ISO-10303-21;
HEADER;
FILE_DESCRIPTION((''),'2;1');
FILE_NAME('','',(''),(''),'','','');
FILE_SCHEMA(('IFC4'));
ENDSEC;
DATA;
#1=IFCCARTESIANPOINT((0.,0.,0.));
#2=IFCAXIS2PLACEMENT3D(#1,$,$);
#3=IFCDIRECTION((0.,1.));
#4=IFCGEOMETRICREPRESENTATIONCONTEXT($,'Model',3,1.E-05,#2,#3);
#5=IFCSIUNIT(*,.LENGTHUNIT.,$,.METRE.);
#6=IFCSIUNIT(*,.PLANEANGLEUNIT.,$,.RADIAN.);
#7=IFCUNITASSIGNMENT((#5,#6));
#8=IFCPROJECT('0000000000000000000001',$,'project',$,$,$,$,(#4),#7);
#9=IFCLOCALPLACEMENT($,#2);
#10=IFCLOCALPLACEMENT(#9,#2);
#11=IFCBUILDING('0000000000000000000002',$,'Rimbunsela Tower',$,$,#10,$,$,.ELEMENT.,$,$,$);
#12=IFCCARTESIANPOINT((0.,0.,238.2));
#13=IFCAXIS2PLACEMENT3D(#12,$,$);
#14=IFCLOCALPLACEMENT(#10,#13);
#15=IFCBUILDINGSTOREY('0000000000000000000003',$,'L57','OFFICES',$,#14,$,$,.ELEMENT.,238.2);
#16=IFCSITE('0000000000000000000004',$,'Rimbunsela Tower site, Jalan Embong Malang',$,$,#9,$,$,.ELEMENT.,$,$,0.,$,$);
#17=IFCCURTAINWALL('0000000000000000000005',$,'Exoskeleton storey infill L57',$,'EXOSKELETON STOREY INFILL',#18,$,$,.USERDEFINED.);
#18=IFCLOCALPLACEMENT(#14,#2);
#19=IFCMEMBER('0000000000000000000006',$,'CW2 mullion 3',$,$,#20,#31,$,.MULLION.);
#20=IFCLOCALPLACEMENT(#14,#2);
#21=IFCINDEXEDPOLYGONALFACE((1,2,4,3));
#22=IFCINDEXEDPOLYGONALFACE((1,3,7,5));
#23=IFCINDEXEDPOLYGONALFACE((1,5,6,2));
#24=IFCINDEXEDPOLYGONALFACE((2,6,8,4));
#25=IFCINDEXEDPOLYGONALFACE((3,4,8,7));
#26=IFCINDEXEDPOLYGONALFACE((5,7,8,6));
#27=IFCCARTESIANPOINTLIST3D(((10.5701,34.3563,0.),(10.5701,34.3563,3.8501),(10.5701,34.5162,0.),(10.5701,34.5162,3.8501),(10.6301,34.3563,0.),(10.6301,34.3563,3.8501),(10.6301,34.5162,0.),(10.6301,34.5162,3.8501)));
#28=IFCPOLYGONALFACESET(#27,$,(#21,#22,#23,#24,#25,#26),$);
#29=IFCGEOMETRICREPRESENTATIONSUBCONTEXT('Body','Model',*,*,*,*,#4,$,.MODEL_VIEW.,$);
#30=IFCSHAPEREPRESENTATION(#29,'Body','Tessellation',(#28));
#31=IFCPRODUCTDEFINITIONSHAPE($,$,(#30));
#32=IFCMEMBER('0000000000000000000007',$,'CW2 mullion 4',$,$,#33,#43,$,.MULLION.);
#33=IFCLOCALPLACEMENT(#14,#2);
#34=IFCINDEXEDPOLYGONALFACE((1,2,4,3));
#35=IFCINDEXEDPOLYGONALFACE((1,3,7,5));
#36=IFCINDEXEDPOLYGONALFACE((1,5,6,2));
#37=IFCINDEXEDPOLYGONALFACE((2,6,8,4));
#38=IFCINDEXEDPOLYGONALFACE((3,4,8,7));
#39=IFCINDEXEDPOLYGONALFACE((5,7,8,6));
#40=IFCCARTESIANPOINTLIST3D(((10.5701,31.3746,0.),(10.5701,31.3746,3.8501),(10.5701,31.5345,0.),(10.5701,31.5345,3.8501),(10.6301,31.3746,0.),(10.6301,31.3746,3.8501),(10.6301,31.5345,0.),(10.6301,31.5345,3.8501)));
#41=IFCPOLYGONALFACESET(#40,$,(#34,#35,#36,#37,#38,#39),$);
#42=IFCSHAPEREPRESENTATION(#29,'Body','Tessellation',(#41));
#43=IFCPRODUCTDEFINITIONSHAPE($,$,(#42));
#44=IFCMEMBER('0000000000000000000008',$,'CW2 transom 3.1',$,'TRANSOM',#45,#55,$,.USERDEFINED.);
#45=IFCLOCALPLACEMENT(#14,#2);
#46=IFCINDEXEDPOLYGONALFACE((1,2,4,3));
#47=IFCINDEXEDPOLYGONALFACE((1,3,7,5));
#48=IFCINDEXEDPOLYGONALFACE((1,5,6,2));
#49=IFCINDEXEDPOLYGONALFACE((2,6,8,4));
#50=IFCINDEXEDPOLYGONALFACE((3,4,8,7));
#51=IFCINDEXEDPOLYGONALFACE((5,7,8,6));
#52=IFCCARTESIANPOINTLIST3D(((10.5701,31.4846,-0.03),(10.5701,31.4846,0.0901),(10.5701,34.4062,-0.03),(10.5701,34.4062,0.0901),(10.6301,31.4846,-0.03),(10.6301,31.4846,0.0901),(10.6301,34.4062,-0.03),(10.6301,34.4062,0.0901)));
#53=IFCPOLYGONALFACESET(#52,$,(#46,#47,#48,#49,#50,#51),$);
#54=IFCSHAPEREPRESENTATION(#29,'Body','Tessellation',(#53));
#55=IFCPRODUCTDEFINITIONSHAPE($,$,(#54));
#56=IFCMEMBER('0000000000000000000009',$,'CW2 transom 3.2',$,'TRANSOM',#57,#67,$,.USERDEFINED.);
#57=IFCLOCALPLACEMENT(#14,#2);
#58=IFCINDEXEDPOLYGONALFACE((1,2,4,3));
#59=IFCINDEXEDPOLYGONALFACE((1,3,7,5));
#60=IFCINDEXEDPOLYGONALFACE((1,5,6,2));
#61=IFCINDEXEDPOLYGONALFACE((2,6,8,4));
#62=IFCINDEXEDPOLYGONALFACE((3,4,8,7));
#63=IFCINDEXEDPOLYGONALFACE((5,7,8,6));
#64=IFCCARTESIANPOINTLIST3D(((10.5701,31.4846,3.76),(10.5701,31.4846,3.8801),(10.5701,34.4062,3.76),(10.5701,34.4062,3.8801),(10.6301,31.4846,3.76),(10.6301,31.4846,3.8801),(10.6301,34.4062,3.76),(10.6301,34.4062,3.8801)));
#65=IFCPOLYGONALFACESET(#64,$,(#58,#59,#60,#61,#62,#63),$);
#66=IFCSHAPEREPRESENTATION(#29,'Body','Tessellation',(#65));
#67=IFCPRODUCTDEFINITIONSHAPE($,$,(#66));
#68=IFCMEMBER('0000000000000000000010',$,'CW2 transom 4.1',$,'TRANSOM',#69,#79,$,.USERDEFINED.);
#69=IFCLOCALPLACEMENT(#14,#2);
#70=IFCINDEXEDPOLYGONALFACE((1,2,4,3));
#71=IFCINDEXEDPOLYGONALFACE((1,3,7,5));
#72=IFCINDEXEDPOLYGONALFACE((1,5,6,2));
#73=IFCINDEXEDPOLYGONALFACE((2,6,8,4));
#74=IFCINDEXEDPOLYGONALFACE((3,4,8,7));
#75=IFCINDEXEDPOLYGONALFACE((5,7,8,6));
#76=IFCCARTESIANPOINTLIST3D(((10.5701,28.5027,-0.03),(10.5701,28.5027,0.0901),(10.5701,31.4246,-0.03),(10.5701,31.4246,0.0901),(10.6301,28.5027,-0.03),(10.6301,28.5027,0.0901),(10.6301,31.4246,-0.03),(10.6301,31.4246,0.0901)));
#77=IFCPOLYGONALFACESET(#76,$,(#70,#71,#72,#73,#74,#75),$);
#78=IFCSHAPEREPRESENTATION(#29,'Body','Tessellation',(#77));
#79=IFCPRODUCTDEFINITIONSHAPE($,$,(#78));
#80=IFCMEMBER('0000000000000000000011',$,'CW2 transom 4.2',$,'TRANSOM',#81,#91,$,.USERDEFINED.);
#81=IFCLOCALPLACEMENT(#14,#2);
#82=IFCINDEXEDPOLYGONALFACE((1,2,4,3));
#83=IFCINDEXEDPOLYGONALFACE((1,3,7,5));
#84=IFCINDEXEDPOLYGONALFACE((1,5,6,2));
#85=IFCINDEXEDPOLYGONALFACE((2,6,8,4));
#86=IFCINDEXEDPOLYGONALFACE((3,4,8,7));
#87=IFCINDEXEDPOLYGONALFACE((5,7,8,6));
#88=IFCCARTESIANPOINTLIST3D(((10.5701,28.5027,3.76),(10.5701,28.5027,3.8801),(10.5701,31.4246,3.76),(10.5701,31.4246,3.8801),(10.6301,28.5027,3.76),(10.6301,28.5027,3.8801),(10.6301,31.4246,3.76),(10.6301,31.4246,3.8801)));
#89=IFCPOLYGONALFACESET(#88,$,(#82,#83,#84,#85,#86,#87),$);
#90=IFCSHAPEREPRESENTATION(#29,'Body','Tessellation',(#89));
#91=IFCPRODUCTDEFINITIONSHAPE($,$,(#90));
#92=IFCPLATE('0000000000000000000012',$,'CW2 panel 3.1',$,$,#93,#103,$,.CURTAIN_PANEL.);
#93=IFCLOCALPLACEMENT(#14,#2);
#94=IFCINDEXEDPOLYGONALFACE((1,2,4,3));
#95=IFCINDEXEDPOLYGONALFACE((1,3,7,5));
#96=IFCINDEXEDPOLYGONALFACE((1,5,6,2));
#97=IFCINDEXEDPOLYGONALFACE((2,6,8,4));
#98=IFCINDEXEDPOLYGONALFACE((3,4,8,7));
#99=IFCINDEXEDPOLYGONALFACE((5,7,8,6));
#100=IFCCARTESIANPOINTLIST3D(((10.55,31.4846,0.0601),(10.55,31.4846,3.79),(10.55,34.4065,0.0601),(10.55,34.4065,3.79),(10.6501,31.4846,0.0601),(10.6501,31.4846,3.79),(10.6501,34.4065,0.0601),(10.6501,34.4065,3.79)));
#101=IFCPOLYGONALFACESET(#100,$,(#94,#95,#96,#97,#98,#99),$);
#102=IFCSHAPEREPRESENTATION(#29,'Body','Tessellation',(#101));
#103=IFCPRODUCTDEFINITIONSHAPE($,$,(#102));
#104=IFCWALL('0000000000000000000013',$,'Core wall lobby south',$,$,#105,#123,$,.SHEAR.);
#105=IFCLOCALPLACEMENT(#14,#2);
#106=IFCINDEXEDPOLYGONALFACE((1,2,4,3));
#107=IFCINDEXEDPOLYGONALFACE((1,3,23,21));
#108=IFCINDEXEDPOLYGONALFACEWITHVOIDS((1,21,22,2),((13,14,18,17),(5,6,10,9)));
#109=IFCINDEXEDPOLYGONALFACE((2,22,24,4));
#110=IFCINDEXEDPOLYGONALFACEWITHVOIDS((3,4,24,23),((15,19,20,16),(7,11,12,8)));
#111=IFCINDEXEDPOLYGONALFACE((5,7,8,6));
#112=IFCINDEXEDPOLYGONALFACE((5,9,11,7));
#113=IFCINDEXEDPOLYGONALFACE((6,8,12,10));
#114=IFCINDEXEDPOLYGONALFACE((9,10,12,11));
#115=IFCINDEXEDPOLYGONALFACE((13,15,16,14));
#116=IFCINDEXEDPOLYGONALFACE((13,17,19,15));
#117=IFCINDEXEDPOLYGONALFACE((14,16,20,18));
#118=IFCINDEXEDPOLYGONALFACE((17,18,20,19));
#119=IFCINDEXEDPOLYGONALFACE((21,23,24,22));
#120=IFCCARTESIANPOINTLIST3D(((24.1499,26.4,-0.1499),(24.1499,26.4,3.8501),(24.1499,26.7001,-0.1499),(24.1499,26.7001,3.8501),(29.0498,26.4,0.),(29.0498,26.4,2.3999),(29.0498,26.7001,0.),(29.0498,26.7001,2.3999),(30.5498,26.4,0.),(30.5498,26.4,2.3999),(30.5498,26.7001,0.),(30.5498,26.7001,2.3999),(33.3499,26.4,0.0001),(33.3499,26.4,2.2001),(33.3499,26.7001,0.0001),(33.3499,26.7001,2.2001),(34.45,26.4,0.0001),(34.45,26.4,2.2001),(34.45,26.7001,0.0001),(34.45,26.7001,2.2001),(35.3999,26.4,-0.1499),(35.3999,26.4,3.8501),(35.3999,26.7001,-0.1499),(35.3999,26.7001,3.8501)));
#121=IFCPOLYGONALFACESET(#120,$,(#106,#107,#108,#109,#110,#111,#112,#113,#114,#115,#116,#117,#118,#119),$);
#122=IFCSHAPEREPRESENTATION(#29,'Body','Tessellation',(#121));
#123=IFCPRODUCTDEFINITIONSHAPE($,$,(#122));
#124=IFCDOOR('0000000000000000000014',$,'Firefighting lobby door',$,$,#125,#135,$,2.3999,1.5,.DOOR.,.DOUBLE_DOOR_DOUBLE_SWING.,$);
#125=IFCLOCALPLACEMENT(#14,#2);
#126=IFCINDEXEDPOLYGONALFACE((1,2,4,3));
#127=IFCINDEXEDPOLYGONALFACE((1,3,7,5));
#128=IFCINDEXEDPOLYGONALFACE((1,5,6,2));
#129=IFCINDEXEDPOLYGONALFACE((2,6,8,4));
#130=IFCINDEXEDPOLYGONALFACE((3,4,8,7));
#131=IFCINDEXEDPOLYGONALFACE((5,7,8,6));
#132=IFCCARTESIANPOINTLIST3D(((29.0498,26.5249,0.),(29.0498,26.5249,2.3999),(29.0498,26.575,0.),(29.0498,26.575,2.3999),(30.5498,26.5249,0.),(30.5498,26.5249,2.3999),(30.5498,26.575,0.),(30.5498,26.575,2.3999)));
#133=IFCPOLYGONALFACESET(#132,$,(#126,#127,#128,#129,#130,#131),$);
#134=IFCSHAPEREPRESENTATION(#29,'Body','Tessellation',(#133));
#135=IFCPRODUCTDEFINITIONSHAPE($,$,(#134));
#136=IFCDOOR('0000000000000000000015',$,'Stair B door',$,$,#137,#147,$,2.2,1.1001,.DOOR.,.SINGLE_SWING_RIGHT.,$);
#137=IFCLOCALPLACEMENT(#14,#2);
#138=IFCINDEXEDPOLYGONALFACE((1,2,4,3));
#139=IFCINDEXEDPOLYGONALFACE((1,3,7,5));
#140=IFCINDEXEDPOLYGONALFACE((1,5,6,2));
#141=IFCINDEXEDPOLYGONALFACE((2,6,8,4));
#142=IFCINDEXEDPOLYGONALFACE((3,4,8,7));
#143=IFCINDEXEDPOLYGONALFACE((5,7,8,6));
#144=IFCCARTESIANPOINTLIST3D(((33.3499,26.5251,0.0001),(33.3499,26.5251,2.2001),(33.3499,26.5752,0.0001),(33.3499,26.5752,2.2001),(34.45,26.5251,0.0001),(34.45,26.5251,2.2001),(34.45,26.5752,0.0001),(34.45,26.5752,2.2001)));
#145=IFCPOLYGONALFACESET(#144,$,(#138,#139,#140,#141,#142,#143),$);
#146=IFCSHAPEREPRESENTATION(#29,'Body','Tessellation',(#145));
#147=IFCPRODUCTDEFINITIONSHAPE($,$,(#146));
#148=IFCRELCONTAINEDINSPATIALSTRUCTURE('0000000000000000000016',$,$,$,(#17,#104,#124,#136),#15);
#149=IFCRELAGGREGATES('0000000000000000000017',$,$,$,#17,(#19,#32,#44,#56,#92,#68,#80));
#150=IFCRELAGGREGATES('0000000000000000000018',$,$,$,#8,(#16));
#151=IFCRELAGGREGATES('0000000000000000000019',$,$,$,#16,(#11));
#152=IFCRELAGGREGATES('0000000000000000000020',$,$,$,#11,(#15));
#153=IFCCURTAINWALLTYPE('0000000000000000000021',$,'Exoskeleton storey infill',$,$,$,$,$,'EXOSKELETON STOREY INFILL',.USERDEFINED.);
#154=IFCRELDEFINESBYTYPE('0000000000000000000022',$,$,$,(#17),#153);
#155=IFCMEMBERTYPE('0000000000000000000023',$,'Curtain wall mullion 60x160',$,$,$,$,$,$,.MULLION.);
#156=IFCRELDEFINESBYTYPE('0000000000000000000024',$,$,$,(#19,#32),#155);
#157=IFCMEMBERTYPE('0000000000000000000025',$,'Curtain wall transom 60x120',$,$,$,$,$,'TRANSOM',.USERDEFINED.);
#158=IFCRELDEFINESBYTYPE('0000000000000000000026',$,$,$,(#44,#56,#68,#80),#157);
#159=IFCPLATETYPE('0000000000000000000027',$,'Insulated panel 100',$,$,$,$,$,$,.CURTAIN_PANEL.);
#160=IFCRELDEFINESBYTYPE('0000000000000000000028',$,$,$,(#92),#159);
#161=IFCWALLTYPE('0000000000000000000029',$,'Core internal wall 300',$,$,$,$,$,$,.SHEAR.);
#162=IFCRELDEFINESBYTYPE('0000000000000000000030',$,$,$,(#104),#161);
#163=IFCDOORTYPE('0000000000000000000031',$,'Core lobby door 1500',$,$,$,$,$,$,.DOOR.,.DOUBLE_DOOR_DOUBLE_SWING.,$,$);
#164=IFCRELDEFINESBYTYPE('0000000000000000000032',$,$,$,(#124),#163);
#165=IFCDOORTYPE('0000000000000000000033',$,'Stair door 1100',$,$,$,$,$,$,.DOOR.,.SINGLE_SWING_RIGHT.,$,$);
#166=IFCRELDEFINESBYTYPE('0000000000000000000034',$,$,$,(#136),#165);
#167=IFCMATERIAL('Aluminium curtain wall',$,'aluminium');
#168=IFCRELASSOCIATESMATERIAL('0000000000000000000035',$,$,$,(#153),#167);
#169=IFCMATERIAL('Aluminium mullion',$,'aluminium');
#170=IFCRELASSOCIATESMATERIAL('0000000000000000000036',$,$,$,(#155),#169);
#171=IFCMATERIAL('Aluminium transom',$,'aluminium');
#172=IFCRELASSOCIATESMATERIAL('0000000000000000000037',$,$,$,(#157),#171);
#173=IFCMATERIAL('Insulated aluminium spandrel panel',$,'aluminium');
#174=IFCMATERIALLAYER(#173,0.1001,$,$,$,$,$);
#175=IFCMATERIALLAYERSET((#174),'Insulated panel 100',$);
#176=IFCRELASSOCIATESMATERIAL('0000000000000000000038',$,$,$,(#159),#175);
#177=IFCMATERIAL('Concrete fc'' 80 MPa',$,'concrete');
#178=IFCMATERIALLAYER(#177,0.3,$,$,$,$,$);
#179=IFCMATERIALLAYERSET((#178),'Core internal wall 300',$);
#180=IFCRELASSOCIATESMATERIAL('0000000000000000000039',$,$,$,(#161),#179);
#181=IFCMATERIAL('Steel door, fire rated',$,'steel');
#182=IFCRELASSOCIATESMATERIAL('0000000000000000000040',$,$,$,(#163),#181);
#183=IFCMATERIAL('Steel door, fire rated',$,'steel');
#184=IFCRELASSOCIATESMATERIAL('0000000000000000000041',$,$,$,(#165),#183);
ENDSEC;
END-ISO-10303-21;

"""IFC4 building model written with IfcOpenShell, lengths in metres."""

from ifc_helpers import new_model, si_unit, direction, frame, frame_2d, origin, origin_2d, place, context, subcontext, project, spatial, rectangle, extrude, material, layer, layer_set, material_profile, profile_set, type_object, element, fill, aggregate, save


model = new_model("IFC4")

# Units and contexts
model_context = context("Model", 3, precision=1e-05, world=origin(), true_north=direction((0.0, 1.0)))
body_context = subcontext(model_context, "Body", "Model", "MODEL_VIEW")
ifc_project = project(units=[si_unit("LENGTHUNIT", "METRE"), si_unit("PLANEANGLEUNIT", "RADIAN")], contexts=[model_context])

# Site, building, storey
site_placement = place(None, origin())
site = spatial("IfcSite", under=ifc_project, at=site_placement, Name="Rimbunsela Tower site, Jalan Embong Malang", CompositionType="ELEMENT", RefElevation=0.0)
building_placement = place(site_placement, origin())
building = spatial("IfcBuilding", under=site, at=building_placement, Name="Rimbunsela Tower", CompositionType="ELEMENT")
storey_placement = place(building_placement, frame((0.0, 0.0, 238.2)))
storey = spatial("IfcBuildingStorey", under=building, at=storey_placement, Name="L57", Description="OFFICES", CompositionType="ELEMENT", Elevation=238.2)

# Curtain wall, members, plate
ifc_material_1 = material(Name="Aluminium curtain wall", Category="aluminium")
curtain_wall_type = type_object("IfcCurtainWallType", Name="Exoskeleton storey infill", ElementType="EXOSKELETON STOREY INFILL", PredefinedType="USERDEFINED", material=ifc_material_1)
curtain_wall_placement = place(storey_placement, origin())
curtain_wall = element("IfcCurtainWall", 1, at=curtain_wall_placement, inside=storey, type_object=curtain_wall_type, Name="Exoskeleton storey infill L57", ObjectType="EXOSKELETON STOREY INFILL", PredefinedType="USERDEFINED")
ifc_material_2 = material(Name="Aluminium mullion", Category="aluminium")
ifc_material_profile_1 = material_profile(ifc_material_2, rectangle(XDim=0.0601, YDim=0.1599, at=origin_2d()), Name="Mullion 60x160")
ifc_profile_set_1 = profile_set([ifc_material_profile_1], Name="Aluminium mullion")
member_type_1 = type_object("IfcMemberType", Name="Curtain wall mullion 60x160", PredefinedType="MULLION", material=ifc_profile_set_1)
member_1_placement = place(storey_placement, frame((10.6001, 34.4363, 0.0), z_axis=(0.0, 0.0, 1.0), x_axis=(1.0, 0.0, 0.0)))
member_1 = element("IfcMember", 2, at=member_1_placement, type_object=member_type_1, Name="CW2 mullion 3", PredefinedType="MULLION", context=body_context, shape_type="SweptSolid", body=[
    extrude(rectangle(XDim=0.0601, YDim=0.1599, at=origin_2d()), origin(), (0.0, 0.0, 1.0), 3.8501),
])
member_2_placement = place(storey_placement, frame((10.6001, 31.4546, 0.0), z_axis=(0.0, 0.0, 1.0), x_axis=(1.0, 0.0, 0.0)))
member_2 = element("IfcMember", 3, at=member_2_placement, type_object=member_type_1, Name="CW2 mullion 4", PredefinedType="MULLION", context=body_context, shape_type="SweptSolid", body=[
    extrude(rectangle(XDim=0.0601, YDim=0.1599, at=origin_2d()), origin(), (0.0, 0.0, 1.0), 3.8501),
])
ifc_material_3 = material(Name="Aluminium transom", Category="aluminium")
ifc_material_profile_2 = material_profile(ifc_material_3, rectangle(XDim=0.0601, YDim=0.1201, at=origin_2d()), Name="Transom 60x120")
ifc_profile_set_2 = profile_set([ifc_material_profile_2], Name="Aluminium transom")
member_type_2 = type_object("IfcMemberType", Name="Curtain wall transom 60x120", ElementType="TRANSOM", PredefinedType="USERDEFINED", material=ifc_profile_set_2)
member_3_placement = place(storey_placement, frame((10.6001, 34.4062, 0.03), z_axis=(0.0, -1.0, 0.0), x_axis=(1.0, 0.0, 0.0)))
member_3 = element("IfcMember", 4, at=member_3_placement, type_object=member_type_2, Name="CW2 transom 3.1", ObjectType="TRANSOM", PredefinedType="USERDEFINED", context=body_context, shape_type="SweptSolid", body=[
    extrude(rectangle(XDim=0.0601, YDim=0.1201, at=origin_2d()), origin(), (0.0, 0.0, 1.0), 2.9216),
])
member_4_placement = place(storey_placement, frame((10.6001, 34.4062, 3.8201), z_axis=(0.0, -1.0, 0.0), x_axis=(1.0, 0.0, 0.0)))
member_4 = element("IfcMember", 5, at=member_4_placement, type_object=member_type_2, Name="CW2 transom 3.2", ObjectType="TRANSOM", PredefinedType="USERDEFINED", context=body_context, shape_type="SweptSolid", body=[
    extrude(rectangle(XDim=0.0601, YDim=0.1201, at=origin_2d()), origin(), (0.0, 0.0, 1.0), 2.9216),
])
member_5_placement = place(storey_placement, frame((10.6001, 31.4246, 0.03), z_axis=(0.0, -1.0, 0.0), x_axis=(1.0, 0.0, 0.0)))
member_5 = element("IfcMember", 6, at=member_5_placement, type_object=member_type_2, Name="CW2 transom 4.1", ObjectType="TRANSOM", PredefinedType="USERDEFINED", context=body_context, shape_type="SweptSolid", body=[
    extrude(rectangle(XDim=0.0601, YDim=0.1201, at=origin_2d()), origin(), (0.0, 0.0, 1.0), 2.9219),
])
member_6_placement = place(storey_placement, frame((10.6001, 31.4246, 3.8201), z_axis=(0.0, -1.0, 0.0), x_axis=(1.0, 0.0, 0.0)))
member_6 = element("IfcMember", 7, at=member_6_placement, type_object=member_type_2, Name="CW2 transom 4.2", ObjectType="TRANSOM", PredefinedType="USERDEFINED", context=body_context, shape_type="SweptSolid", body=[
    extrude(rectangle(XDim=0.0601, YDim=0.1201, at=origin_2d()), origin(), (0.0, 0.0, 1.0), 2.9219),
])
ifc_material_4 = material(Name="Insulated aluminium spandrel panel", Category="aluminium")
ifc_layer_1 = layer(ifc_material_4, 0.1001)
ifc_layer_set_1 = layer_set([ifc_layer_1], Name="Insulated panel 100")
plate_type = type_object("IfcPlateType", Name="Insulated panel 100", PredefinedType="CURTAIN_PANEL", material=ifc_layer_set_1)
plate_placement = place(storey_placement, frame((10.6001, 32.9456, 0.0601), z_axis=(0.0, 0.0, 1.0), x_axis=(0.0, -1.0, 0.0)))
plate = element("IfcPlate", 8, at=plate_placement, type_object=plate_type, Name="CW2 panel 3.1", PredefinedType="CURTAIN_PANEL", context=body_context, shape_type="SweptSolid", body=[
    extrude(rectangle(XDim=2.9219, YDim=0.1001, at=origin_2d()), origin(), (0.0, 0.0, 1.0), 3.73),
])
aggregate(curtain_wall, [member_1, member_2, member_3, member_4, plate, member_5, member_6])

# Wall, openings, doors
ifc_material_5 = material(Name="Concrete fc' 80 MPa", Category="concrete")
ifc_layer_2 = layer(ifc_material_5, 0.3)
ifc_layer_set_2 = layer_set([ifc_layer_2], Name="Core internal wall 300")
wall_type_1 = type_object("IfcWallType", Name="Core internal wall 300", PredefinedType="SHEAR", material=ifc_layer_set_2)
wall_1_placement = place(storey_placement, frame((24.1499, 26.55, -0.1499), z_axis=(0.0, 0.0, 1.0), x_axis=(1.0, 0.0, 0.0)))
wall_1 = element("IfcWall", 9, at=wall_1_placement, inside=storey, type_object=wall_type_1, Name="Core wall lobby south", PredefinedType="SHEAR", context=body_context, shape_type="SweptSolid", body=[
    extrude(rectangle(XDim=11.25, YDim=0.3, at=frame_2d((5.625, 0.0))), origin(), (0.0, 0.0, 1.0), 4.0),
])
opening_1_placement = place(wall_1_placement, frame((9.2, 0.0, 0.1499)))
opening_1 = element("IfcOpeningElement", 10, at=opening_1_placement, cuts=wall_1, PredefinedType="OPENING", context=body_context, shape_type="SweptSolid", body=[
    extrude(rectangle(XDim=1.1001, YDim=2.2, at=frame_2d((0.55, 1.1001))), frame((0.0, 0.1599, 0.0), z_axis=(0.0, -1.0, 0.0), x_axis=(1.0, 0.0, 0.0)), (0.0, 0.0, 1.0), 0.3201),
])
opening_2_placement = place(wall_1_placement, frame((4.8999, 0.0, 0.1499)))
opening_2 = element("IfcOpeningElement", 11, at=opening_2_placement, cuts=wall_1, PredefinedType="OPENING", context=body_context, shape_type="SweptSolid", body=[
    extrude(rectangle(XDim=1.5, YDim=2.3999, at=frame_2d((0.75, 1.2))), frame((0.0, 0.1599, 0.0), z_axis=(0.0, -1.0, 0.0), x_axis=(1.0, 0.0, 0.0)), (0.0, 0.0, 1.0), 0.3201),
])
ifc_material_6 = material(Name="Steel door, fire rated", Category="steel")
door_type_1 = type_object("IfcDoorType", Name="Core lobby door 1500", OperationType="DOUBLE_DOOR_DOUBLE_SWING", PredefinedType="DOOR", material=ifc_material_6)
door_1_placement = place(opening_2_placement, origin())
door_1 = element("IfcDoor", 12, at=door_1_placement, inside=storey, type_object=door_type_1, Name="Firefighting lobby door", OperationType="DOUBLE_DOOR_DOUBLE_SWING", OverallHeight=2.3999, OverallWidth=1.5, PredefinedType="DOOR", context=body_context, shape_type="SweptSolid", body=[
    extrude(rectangle(XDim=1.5, YDim=2.3999, at=frame_2d((0.75, 1.2))), frame((0.0, 0.0249, 0.0), z_axis=(0.0, -1.0, 0.0), x_axis=(1.0, 0.0, 0.0)), (0.0, 0.0, 1.0), 0.05),
])
fill(opening_2, door_1)
ifc_material_7 = material(Name="Steel door, fire rated", Category="steel")
door_type_2 = type_object("IfcDoorType", Name="Stair door 1100", OperationType="SINGLE_SWING_RIGHT", PredefinedType="DOOR", material=ifc_material_7)
door_2_placement = place(opening_1_placement, frame((1.1001, 0.0, 0.0), z_axis=(0.0, 0.0, 1.0), x_axis=(-1.0, 0.0, 0.0)))
door_2 = element("IfcDoor", 13, at=door_2_placement, inside=storey, type_object=door_type_2, Name="Stair B door", OperationType="SINGLE_SWING_RIGHT", OverallHeight=2.2, OverallWidth=1.1001, PredefinedType="DOOR", context=body_context, shape_type="SweptSolid", body=[
    extrude(rectangle(XDim=1.1001, YDim=2.2, at=frame_2d((0.55, 1.1001))), frame((0.0, 0.0249, 0.0), z_axis=(0.0, -1.0, 0.0), x_axis=(1.0, 0.0, 0.0)), (0.0, 0.0, 1.0), 0.05),
])
fill(opening_1, door_2)

save(model, "model.ifc")
